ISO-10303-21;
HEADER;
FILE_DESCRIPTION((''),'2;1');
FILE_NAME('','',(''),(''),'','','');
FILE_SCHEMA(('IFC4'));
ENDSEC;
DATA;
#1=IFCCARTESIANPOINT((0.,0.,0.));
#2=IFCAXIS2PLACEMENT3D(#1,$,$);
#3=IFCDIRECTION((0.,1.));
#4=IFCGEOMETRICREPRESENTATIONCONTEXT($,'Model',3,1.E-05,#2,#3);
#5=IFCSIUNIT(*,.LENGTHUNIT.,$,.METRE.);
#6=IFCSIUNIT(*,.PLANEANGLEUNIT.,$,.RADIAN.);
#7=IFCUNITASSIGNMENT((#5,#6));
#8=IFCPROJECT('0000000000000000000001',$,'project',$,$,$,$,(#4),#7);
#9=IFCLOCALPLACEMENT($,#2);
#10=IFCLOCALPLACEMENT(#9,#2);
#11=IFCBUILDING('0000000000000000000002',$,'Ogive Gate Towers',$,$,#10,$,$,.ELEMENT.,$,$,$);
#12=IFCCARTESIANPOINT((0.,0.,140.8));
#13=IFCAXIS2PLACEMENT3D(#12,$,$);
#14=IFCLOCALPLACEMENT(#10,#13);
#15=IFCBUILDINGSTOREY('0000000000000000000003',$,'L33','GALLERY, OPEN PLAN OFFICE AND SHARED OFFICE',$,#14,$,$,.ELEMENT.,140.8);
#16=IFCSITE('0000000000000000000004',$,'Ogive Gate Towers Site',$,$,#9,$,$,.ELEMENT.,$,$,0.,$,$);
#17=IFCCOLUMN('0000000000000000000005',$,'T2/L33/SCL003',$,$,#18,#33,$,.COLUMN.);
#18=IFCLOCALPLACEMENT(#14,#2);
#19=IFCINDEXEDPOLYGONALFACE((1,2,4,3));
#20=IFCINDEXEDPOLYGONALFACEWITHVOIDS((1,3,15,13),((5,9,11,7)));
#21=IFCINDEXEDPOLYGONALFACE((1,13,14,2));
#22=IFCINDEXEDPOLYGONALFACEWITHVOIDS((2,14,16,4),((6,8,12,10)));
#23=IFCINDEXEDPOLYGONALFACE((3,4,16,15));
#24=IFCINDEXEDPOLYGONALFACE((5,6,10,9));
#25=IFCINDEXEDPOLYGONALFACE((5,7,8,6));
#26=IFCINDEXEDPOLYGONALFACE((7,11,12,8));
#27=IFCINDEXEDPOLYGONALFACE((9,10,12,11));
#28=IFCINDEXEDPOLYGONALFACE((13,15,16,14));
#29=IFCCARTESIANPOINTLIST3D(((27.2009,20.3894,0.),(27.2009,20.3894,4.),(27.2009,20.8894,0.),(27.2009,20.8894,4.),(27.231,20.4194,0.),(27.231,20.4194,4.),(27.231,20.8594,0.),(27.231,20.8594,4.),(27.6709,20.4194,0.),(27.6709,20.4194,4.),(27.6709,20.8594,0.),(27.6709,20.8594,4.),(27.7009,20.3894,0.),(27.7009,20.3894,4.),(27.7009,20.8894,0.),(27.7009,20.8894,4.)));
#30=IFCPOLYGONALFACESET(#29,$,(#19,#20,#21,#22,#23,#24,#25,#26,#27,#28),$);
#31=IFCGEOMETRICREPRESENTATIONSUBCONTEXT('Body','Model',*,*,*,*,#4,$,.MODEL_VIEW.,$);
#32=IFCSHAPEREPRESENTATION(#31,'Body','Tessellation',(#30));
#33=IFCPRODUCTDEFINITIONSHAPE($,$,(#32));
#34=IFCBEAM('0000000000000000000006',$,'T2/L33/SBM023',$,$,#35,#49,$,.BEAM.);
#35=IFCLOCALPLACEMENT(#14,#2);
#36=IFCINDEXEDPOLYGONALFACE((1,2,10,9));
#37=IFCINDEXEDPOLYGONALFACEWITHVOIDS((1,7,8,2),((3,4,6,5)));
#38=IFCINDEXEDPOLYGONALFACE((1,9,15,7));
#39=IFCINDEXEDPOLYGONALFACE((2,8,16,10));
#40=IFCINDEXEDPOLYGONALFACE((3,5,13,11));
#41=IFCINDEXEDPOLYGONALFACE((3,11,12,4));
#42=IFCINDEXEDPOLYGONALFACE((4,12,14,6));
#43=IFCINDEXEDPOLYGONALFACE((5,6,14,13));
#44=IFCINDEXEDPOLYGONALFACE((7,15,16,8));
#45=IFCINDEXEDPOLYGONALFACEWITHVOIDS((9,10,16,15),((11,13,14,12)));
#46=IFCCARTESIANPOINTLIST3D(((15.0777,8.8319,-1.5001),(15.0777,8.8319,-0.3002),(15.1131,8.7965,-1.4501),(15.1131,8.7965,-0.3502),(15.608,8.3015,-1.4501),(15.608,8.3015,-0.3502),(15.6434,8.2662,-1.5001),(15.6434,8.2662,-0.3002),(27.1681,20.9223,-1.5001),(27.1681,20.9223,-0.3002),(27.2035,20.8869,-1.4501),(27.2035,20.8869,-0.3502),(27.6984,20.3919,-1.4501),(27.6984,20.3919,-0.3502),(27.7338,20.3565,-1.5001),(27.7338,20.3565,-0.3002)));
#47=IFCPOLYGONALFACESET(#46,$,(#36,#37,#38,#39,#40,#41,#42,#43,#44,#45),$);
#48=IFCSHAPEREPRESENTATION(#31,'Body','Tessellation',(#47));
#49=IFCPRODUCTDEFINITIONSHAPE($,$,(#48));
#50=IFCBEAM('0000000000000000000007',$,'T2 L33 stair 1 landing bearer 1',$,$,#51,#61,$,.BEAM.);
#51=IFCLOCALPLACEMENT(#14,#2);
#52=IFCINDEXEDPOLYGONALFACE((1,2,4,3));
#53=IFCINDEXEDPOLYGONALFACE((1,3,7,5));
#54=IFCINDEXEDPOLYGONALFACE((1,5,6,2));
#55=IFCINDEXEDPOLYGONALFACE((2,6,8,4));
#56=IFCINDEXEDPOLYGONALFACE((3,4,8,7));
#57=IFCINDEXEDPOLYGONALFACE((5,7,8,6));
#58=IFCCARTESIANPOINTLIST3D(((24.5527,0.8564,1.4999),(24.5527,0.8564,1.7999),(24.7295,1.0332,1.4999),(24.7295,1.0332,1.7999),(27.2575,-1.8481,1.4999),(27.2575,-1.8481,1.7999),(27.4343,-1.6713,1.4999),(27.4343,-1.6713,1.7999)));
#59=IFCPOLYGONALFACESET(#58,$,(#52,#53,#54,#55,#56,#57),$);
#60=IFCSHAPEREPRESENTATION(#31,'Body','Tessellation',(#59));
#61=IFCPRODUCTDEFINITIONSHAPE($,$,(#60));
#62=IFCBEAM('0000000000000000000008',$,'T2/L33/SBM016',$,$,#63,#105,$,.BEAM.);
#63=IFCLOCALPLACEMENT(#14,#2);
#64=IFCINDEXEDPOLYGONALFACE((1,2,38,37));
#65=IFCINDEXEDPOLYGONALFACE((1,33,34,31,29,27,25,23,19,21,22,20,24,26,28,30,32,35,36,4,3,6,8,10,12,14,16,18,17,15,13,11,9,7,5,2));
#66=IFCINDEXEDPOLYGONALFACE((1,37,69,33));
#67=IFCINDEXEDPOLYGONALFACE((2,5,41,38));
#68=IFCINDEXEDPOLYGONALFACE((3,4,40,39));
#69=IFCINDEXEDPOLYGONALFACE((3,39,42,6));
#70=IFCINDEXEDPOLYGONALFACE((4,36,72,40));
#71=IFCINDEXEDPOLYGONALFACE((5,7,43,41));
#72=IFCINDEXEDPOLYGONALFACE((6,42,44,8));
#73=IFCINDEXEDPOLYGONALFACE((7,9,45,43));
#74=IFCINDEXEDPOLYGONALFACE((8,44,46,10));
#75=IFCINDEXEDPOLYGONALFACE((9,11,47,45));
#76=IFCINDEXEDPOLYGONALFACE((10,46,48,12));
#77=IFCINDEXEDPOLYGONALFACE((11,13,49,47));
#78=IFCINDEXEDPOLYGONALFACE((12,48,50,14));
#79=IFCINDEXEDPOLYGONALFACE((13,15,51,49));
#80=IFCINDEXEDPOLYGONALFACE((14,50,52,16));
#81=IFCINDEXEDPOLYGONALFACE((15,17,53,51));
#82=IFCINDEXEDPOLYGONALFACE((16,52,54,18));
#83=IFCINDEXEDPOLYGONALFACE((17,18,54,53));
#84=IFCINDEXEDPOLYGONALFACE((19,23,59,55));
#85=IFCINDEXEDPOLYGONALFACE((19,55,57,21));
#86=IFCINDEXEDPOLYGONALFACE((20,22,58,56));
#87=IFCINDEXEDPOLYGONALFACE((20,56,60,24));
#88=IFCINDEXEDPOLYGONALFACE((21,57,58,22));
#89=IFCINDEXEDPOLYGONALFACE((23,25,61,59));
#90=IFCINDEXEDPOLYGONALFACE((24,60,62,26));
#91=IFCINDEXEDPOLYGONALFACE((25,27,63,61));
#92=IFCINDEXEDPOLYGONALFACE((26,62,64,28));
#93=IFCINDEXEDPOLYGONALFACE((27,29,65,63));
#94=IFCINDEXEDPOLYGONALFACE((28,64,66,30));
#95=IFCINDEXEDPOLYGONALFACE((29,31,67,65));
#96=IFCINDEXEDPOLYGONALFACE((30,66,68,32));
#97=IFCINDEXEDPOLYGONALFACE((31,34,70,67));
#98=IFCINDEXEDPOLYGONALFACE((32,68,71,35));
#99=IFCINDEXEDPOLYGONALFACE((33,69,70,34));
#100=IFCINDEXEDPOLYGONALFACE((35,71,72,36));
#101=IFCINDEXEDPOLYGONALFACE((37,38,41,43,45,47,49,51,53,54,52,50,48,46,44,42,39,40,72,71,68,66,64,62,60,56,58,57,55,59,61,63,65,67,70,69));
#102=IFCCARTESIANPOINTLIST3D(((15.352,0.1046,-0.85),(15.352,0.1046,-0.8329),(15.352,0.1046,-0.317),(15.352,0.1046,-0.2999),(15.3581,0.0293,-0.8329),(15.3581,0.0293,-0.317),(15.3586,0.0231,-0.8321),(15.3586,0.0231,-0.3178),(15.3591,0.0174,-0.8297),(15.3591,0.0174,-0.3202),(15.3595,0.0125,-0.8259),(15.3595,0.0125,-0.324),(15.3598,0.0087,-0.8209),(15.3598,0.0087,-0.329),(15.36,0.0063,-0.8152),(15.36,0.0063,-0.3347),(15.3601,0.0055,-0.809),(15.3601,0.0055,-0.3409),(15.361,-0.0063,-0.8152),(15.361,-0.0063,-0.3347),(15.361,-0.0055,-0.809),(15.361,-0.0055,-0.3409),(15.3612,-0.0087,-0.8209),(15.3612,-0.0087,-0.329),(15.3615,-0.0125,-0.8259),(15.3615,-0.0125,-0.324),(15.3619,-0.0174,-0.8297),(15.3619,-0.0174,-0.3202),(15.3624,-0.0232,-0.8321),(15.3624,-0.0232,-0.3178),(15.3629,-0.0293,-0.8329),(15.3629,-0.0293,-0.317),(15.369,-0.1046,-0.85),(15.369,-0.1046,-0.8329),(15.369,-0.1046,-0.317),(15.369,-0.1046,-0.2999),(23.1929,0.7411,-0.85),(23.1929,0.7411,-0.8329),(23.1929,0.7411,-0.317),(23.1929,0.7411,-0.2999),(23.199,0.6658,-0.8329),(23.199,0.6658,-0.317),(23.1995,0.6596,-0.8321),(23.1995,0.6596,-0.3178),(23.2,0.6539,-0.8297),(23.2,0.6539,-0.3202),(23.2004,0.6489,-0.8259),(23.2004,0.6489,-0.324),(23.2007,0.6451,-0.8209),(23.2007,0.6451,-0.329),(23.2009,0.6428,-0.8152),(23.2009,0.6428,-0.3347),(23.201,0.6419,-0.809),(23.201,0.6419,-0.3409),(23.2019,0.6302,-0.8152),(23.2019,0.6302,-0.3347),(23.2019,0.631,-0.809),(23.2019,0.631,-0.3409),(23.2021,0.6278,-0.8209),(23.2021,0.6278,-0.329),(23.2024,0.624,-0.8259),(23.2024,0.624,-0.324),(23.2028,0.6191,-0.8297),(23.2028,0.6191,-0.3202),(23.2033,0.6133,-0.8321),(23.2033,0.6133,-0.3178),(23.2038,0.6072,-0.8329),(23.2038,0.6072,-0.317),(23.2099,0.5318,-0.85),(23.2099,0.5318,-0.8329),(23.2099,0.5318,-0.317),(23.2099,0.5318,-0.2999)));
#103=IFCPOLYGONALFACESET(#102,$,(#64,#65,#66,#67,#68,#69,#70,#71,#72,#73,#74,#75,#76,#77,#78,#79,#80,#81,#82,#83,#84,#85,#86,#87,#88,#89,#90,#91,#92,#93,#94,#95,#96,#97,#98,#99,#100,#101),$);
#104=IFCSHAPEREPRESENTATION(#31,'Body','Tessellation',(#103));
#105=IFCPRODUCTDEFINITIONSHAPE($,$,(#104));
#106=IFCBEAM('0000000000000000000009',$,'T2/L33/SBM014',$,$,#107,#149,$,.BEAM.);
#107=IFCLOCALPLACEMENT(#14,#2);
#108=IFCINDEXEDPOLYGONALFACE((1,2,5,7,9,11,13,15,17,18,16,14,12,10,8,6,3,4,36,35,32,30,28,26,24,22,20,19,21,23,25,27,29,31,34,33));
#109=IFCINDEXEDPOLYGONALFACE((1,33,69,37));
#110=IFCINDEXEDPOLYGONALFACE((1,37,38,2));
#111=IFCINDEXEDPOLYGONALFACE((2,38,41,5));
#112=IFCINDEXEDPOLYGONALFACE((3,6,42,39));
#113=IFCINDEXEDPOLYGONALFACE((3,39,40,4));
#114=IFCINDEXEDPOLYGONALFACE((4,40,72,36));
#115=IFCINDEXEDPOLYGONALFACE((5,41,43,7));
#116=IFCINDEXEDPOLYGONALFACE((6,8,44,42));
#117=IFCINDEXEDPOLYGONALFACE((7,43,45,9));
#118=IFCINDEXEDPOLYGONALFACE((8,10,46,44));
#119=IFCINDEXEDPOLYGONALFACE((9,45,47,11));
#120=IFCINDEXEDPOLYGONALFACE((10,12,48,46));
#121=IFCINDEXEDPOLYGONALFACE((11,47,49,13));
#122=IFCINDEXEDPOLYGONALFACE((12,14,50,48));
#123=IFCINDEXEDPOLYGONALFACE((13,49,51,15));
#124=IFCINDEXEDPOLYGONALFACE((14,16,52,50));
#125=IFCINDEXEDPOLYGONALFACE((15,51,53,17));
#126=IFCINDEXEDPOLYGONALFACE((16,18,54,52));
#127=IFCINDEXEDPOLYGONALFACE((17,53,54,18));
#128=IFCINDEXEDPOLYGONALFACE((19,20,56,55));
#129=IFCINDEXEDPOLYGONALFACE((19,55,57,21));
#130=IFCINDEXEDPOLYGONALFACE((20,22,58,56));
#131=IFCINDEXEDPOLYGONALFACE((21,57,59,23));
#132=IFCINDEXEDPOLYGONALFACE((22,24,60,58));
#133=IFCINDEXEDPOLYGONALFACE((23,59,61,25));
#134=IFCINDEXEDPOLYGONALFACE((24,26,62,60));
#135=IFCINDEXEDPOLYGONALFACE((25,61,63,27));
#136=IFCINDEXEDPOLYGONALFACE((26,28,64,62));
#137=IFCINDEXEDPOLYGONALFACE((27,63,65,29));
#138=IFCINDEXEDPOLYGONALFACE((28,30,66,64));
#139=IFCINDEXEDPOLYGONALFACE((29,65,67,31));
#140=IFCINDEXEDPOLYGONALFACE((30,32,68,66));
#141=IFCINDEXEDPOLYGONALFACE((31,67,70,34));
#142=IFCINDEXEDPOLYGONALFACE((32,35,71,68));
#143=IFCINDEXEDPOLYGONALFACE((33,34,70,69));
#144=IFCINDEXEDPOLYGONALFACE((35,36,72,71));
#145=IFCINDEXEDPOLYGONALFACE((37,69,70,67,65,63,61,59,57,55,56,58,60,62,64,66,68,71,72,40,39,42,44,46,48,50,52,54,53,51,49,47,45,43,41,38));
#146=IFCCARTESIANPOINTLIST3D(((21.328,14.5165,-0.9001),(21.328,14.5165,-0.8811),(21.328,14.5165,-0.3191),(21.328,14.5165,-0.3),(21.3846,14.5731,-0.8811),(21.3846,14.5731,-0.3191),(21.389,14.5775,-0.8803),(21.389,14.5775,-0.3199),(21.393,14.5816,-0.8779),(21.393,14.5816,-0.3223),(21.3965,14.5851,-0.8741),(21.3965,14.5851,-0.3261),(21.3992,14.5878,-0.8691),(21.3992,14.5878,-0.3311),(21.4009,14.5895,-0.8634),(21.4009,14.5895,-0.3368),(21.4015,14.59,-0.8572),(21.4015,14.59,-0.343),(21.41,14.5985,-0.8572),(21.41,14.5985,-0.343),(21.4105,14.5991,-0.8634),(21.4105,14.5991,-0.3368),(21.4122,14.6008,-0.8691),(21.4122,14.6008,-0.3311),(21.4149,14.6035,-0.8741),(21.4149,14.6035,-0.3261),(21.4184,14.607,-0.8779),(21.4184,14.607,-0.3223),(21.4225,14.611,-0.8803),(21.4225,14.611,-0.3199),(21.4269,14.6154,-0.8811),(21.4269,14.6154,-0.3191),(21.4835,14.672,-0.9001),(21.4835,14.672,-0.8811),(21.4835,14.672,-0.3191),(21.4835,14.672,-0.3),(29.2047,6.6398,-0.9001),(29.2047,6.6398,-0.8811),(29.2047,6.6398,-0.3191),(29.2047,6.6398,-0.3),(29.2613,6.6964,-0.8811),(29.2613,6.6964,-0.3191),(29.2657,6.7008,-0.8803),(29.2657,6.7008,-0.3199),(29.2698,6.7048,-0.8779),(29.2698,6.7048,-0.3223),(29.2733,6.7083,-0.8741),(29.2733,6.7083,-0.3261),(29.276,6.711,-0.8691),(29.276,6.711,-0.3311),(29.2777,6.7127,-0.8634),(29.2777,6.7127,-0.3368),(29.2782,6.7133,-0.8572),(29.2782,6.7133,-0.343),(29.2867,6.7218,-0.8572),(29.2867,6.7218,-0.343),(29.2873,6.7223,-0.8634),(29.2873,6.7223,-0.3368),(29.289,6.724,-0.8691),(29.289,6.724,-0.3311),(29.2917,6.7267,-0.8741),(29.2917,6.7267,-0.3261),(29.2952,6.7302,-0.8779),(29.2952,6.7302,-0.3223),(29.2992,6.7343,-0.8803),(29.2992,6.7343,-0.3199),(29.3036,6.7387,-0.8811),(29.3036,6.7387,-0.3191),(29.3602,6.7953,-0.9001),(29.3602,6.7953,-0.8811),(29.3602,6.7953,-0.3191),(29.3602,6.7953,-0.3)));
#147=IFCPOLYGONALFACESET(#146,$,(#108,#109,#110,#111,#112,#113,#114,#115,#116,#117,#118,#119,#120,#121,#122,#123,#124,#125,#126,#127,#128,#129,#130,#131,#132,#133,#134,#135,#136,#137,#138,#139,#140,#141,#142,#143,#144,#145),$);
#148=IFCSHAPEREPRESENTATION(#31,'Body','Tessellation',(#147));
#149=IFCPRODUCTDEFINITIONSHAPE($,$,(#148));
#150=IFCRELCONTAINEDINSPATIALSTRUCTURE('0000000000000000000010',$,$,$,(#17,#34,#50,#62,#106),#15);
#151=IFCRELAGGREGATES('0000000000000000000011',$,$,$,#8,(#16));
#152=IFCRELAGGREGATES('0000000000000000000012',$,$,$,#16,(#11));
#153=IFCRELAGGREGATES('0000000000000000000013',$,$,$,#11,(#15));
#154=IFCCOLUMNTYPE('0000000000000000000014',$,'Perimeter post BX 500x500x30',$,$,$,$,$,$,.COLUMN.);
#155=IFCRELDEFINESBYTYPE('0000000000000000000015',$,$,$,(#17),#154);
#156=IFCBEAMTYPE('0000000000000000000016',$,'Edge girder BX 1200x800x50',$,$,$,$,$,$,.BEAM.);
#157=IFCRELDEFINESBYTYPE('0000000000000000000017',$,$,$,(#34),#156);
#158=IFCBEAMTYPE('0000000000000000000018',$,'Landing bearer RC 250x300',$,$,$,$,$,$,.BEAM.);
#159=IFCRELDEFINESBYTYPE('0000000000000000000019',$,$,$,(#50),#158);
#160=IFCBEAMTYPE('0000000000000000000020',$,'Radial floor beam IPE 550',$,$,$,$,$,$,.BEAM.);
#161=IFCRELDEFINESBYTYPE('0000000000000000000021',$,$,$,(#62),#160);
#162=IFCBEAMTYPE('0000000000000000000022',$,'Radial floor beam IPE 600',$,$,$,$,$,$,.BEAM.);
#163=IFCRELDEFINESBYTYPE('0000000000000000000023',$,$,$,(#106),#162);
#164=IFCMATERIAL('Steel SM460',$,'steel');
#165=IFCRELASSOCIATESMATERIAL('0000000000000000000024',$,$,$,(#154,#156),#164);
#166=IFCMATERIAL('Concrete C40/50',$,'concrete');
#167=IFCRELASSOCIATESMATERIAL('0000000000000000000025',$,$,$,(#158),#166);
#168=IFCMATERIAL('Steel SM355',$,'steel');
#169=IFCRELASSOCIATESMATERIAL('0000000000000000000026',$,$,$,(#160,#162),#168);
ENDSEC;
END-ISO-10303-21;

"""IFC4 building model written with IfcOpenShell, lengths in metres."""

from ifc_helpers import new_model, si_unit, direction, frame, origin, origin_2d, place, context, subcontext, project, spatial, rectangle, hollow_rectangle, i_section, extrude, material, material_profile, profile_set, type_object, element, save


model = new_model("IFC4")

# Units and contexts
model_context = context("Model", 3, precision=1e-05, world=origin(), true_north=direction((0.0, 1.0)))
body_context = subcontext(model_context, "Body", "Model", "MODEL_VIEW")
ifc_project = project(units=[si_unit("LENGTHUNIT", "METRE"), si_unit("PLANEANGLEUNIT", "RADIAN")], contexts=[model_context])

# Site, building, storey
site_placement = place(None, origin())
site = spatial("IfcSite", under=ifc_project, at=site_placement, Name="Ogive Gate Towers Site", CompositionType="ELEMENT", RefElevation=0.0)
building_placement = place(site_placement, origin())
building = spatial("IfcBuilding", under=site, at=building_placement, Name="Ogive Gate Towers", CompositionType="ELEMENT")
storey_placement = place(building_placement, frame((0.0, 0.0, 140.8)))
storey = spatial("IfcBuildingStorey", under=building, at=storey_placement, Name="L33", Description="GALLERY, OPEN PLAN OFFICE AND SHARED OFFICE", CompositionType="ELEMENT", Elevation=140.8)

# Column
ifc_material_1 = material(Name="Steel SM460", Category="steel")
ifc_material_profile_1 = material_profile(ifc_material_1, hollow_rectangle(XDim=0.5, YDim=0.5, WallThickness=0.03, at=origin_2d()), Name="BX 500x500x30")
ifc_profile_set_1 = profile_set([ifc_material_profile_1], Name="Steel SM460")
column_type = type_object("IfcColumnType", Name="Perimeter post BX 500x500x30", PredefinedType="COLUMN", material=ifc_profile_set_1)
column_placement = place(storey_placement, frame((27.4509, 20.6394, 0.0), z_axis=(0.0, 0.0, 1.0), x_axis=(1.0, 0.0, 0.0)))
element("IfcColumn", 1, at=column_placement, inside=storey, type_object=column_type, Name="T2/L33/SCL003", PredefinedType="COLUMN", context=body_context, shape_type="SweptSolid", body=[
    extrude(hollow_rectangle(XDim=0.5, YDim=0.5, WallThickness=0.03, at=origin_2d()), origin(), (0.0, 0.0, 1.0), 4.0),
])

# Beams
ifc_material_profile_2 = material_profile(ifc_material_1, hollow_rectangle(XDim=0.8, YDim=1.2, WallThickness=0.05, at=origin_2d()), Name="BX 1200x800x50")
ifc_profile_set_2 = profile_set([ifc_material_profile_2], Name="Steel SM460")
beam_type_1 = type_object("IfcBeamType", Name="Edge girder BX 1200x800x50", PredefinedType="BEAM", material=ifc_profile_set_2)
beam_1_placement = place(storey_placement, frame((27.4509, 20.6394, -0.9001), z_axis=(-0.707107, -0.707107, 0.0), x_axis=(0.707107, -0.707107, 0.0)))
element("IfcBeam", 2, at=beam_1_placement, inside=storey, type_object=beam_type_1, Name="T2/L33/SBM023", PredefinedType="BEAM", context=body_context, shape_type="SweptSolid", body=[
    extrude(hollow_rectangle(XDim=0.8, YDim=1.2, WallThickness=0.05, at=origin_2d()), origin(), (0.0, 0.0, 1.0), 17.0984),
])
ifc_material_2 = material(Name="Concrete C40/50", Category="concrete")
ifc_material_profile_3 = material_profile(ifc_material_2, rectangle(XDim=0.25, YDim=0.3, at=origin_2d()), Name="RC 250x300")
ifc_profile_set_3 = profile_set([ifc_material_profile_3], Name="Concrete C40/50")
beam_type_2 = type_object("IfcBeamType", Name="Landing bearer RC 250x300", PredefinedType="BEAM", material=ifc_profile_set_3)
beam_2_placement = place(storey_placement, frame((24.6411, 0.9448, 1.6499), z_axis=(0.707139, -0.707075, 0.0), x_axis=(0.707075, 0.707139, 0.0)))
element("IfcBeam", 3, at=beam_2_placement, inside=storey, type_object=beam_type_2, Name="T2 L33 stair 1 landing bearer 1", PredefinedType="BEAM", context=body_context, shape_type="SweptSolid", body=[
    extrude(rectangle(XDim=0.25, YDim=0.3, at=origin_2d()), origin(), (0.0, 0.0, 1.0), 3.825),
])
ifc_material_3 = material(Name="Steel SM355", Category="steel")
ifc_material_profile_4 = material_profile(ifc_material_3, i_section(OverallWidth=0.21, OverallDepth=0.55, WebThickness=0.011, FlangeThickness=0.0171, FilletRadius=0.0239, at=origin_2d()), Name="IPE 550")
ifc_profile_set_4 = profile_set([ifc_material_profile_4], Name="Steel SM355")
beam_type_3 = type_object("IfcBeamType", Name="Radial floor beam IPE 550", PredefinedType="BEAM", material=ifc_profile_set_4)
beam_3_placement = place(storey_placement, frame((23.2014, 0.6365, -0.575), z_axis=(-0.996722, -0.080908, 0.0), x_axis=(0.080908, -0.996722, 0.0)))
element("IfcBeam", 4, at=beam_3_placement, inside=storey, type_object=beam_type_3, Name="T2/L33/SBM016", PredefinedType="BEAM", context=body_context, shape_type="SweptSolid", body=[
    extrude(i_section(OverallWidth=0.21, OverallDepth=0.55, WebThickness=0.011, FlangeThickness=0.0171, FilletRadius=0.0239, at=origin_2d()), origin(), (0.0, 0.0, 1.0), 7.8667),
])
ifc_material_profile_5 = material_profile(ifc_material_3, i_section(OverallWidth=0.22, OverallDepth=0.6001, WebThickness=0.012, FlangeThickness=0.019, FilletRadius=0.0239, at=origin_2d()), Name="IPE 600")
ifc_profile_set_5 = profile_set([ifc_material_profile_5], Name="Steel SM355")
beam_type_4 = type_object("IfcBeamType", Name="Radial floor beam IPE 600", PredefinedType="BEAM", material=ifc_profile_set_5)
beam_4_placement = place(storey_placement, frame((29.2825, 6.7175, -0.6001), z_axis=(-0.707107, 0.707107, 0.0), x_axis=(-0.707107, -0.707107, 0.0)))
element("IfcBeam", 5, at=beam_4_placement, inside=storey, type_object=beam_type_4, Name="T2/L33/SBM014", PredefinedType="BEAM", context=body_context, shape_type="SweptSolid", body=[
    extrude(i_section(OverallWidth=0.22, OverallDepth=0.6001, WebThickness=0.012, FlangeThickness=0.019, FilletRadius=0.0239, at=origin_2d()), origin(), (0.0, 0.0, 1.0), 11.1394),
])

save(model, "model.ifc")
